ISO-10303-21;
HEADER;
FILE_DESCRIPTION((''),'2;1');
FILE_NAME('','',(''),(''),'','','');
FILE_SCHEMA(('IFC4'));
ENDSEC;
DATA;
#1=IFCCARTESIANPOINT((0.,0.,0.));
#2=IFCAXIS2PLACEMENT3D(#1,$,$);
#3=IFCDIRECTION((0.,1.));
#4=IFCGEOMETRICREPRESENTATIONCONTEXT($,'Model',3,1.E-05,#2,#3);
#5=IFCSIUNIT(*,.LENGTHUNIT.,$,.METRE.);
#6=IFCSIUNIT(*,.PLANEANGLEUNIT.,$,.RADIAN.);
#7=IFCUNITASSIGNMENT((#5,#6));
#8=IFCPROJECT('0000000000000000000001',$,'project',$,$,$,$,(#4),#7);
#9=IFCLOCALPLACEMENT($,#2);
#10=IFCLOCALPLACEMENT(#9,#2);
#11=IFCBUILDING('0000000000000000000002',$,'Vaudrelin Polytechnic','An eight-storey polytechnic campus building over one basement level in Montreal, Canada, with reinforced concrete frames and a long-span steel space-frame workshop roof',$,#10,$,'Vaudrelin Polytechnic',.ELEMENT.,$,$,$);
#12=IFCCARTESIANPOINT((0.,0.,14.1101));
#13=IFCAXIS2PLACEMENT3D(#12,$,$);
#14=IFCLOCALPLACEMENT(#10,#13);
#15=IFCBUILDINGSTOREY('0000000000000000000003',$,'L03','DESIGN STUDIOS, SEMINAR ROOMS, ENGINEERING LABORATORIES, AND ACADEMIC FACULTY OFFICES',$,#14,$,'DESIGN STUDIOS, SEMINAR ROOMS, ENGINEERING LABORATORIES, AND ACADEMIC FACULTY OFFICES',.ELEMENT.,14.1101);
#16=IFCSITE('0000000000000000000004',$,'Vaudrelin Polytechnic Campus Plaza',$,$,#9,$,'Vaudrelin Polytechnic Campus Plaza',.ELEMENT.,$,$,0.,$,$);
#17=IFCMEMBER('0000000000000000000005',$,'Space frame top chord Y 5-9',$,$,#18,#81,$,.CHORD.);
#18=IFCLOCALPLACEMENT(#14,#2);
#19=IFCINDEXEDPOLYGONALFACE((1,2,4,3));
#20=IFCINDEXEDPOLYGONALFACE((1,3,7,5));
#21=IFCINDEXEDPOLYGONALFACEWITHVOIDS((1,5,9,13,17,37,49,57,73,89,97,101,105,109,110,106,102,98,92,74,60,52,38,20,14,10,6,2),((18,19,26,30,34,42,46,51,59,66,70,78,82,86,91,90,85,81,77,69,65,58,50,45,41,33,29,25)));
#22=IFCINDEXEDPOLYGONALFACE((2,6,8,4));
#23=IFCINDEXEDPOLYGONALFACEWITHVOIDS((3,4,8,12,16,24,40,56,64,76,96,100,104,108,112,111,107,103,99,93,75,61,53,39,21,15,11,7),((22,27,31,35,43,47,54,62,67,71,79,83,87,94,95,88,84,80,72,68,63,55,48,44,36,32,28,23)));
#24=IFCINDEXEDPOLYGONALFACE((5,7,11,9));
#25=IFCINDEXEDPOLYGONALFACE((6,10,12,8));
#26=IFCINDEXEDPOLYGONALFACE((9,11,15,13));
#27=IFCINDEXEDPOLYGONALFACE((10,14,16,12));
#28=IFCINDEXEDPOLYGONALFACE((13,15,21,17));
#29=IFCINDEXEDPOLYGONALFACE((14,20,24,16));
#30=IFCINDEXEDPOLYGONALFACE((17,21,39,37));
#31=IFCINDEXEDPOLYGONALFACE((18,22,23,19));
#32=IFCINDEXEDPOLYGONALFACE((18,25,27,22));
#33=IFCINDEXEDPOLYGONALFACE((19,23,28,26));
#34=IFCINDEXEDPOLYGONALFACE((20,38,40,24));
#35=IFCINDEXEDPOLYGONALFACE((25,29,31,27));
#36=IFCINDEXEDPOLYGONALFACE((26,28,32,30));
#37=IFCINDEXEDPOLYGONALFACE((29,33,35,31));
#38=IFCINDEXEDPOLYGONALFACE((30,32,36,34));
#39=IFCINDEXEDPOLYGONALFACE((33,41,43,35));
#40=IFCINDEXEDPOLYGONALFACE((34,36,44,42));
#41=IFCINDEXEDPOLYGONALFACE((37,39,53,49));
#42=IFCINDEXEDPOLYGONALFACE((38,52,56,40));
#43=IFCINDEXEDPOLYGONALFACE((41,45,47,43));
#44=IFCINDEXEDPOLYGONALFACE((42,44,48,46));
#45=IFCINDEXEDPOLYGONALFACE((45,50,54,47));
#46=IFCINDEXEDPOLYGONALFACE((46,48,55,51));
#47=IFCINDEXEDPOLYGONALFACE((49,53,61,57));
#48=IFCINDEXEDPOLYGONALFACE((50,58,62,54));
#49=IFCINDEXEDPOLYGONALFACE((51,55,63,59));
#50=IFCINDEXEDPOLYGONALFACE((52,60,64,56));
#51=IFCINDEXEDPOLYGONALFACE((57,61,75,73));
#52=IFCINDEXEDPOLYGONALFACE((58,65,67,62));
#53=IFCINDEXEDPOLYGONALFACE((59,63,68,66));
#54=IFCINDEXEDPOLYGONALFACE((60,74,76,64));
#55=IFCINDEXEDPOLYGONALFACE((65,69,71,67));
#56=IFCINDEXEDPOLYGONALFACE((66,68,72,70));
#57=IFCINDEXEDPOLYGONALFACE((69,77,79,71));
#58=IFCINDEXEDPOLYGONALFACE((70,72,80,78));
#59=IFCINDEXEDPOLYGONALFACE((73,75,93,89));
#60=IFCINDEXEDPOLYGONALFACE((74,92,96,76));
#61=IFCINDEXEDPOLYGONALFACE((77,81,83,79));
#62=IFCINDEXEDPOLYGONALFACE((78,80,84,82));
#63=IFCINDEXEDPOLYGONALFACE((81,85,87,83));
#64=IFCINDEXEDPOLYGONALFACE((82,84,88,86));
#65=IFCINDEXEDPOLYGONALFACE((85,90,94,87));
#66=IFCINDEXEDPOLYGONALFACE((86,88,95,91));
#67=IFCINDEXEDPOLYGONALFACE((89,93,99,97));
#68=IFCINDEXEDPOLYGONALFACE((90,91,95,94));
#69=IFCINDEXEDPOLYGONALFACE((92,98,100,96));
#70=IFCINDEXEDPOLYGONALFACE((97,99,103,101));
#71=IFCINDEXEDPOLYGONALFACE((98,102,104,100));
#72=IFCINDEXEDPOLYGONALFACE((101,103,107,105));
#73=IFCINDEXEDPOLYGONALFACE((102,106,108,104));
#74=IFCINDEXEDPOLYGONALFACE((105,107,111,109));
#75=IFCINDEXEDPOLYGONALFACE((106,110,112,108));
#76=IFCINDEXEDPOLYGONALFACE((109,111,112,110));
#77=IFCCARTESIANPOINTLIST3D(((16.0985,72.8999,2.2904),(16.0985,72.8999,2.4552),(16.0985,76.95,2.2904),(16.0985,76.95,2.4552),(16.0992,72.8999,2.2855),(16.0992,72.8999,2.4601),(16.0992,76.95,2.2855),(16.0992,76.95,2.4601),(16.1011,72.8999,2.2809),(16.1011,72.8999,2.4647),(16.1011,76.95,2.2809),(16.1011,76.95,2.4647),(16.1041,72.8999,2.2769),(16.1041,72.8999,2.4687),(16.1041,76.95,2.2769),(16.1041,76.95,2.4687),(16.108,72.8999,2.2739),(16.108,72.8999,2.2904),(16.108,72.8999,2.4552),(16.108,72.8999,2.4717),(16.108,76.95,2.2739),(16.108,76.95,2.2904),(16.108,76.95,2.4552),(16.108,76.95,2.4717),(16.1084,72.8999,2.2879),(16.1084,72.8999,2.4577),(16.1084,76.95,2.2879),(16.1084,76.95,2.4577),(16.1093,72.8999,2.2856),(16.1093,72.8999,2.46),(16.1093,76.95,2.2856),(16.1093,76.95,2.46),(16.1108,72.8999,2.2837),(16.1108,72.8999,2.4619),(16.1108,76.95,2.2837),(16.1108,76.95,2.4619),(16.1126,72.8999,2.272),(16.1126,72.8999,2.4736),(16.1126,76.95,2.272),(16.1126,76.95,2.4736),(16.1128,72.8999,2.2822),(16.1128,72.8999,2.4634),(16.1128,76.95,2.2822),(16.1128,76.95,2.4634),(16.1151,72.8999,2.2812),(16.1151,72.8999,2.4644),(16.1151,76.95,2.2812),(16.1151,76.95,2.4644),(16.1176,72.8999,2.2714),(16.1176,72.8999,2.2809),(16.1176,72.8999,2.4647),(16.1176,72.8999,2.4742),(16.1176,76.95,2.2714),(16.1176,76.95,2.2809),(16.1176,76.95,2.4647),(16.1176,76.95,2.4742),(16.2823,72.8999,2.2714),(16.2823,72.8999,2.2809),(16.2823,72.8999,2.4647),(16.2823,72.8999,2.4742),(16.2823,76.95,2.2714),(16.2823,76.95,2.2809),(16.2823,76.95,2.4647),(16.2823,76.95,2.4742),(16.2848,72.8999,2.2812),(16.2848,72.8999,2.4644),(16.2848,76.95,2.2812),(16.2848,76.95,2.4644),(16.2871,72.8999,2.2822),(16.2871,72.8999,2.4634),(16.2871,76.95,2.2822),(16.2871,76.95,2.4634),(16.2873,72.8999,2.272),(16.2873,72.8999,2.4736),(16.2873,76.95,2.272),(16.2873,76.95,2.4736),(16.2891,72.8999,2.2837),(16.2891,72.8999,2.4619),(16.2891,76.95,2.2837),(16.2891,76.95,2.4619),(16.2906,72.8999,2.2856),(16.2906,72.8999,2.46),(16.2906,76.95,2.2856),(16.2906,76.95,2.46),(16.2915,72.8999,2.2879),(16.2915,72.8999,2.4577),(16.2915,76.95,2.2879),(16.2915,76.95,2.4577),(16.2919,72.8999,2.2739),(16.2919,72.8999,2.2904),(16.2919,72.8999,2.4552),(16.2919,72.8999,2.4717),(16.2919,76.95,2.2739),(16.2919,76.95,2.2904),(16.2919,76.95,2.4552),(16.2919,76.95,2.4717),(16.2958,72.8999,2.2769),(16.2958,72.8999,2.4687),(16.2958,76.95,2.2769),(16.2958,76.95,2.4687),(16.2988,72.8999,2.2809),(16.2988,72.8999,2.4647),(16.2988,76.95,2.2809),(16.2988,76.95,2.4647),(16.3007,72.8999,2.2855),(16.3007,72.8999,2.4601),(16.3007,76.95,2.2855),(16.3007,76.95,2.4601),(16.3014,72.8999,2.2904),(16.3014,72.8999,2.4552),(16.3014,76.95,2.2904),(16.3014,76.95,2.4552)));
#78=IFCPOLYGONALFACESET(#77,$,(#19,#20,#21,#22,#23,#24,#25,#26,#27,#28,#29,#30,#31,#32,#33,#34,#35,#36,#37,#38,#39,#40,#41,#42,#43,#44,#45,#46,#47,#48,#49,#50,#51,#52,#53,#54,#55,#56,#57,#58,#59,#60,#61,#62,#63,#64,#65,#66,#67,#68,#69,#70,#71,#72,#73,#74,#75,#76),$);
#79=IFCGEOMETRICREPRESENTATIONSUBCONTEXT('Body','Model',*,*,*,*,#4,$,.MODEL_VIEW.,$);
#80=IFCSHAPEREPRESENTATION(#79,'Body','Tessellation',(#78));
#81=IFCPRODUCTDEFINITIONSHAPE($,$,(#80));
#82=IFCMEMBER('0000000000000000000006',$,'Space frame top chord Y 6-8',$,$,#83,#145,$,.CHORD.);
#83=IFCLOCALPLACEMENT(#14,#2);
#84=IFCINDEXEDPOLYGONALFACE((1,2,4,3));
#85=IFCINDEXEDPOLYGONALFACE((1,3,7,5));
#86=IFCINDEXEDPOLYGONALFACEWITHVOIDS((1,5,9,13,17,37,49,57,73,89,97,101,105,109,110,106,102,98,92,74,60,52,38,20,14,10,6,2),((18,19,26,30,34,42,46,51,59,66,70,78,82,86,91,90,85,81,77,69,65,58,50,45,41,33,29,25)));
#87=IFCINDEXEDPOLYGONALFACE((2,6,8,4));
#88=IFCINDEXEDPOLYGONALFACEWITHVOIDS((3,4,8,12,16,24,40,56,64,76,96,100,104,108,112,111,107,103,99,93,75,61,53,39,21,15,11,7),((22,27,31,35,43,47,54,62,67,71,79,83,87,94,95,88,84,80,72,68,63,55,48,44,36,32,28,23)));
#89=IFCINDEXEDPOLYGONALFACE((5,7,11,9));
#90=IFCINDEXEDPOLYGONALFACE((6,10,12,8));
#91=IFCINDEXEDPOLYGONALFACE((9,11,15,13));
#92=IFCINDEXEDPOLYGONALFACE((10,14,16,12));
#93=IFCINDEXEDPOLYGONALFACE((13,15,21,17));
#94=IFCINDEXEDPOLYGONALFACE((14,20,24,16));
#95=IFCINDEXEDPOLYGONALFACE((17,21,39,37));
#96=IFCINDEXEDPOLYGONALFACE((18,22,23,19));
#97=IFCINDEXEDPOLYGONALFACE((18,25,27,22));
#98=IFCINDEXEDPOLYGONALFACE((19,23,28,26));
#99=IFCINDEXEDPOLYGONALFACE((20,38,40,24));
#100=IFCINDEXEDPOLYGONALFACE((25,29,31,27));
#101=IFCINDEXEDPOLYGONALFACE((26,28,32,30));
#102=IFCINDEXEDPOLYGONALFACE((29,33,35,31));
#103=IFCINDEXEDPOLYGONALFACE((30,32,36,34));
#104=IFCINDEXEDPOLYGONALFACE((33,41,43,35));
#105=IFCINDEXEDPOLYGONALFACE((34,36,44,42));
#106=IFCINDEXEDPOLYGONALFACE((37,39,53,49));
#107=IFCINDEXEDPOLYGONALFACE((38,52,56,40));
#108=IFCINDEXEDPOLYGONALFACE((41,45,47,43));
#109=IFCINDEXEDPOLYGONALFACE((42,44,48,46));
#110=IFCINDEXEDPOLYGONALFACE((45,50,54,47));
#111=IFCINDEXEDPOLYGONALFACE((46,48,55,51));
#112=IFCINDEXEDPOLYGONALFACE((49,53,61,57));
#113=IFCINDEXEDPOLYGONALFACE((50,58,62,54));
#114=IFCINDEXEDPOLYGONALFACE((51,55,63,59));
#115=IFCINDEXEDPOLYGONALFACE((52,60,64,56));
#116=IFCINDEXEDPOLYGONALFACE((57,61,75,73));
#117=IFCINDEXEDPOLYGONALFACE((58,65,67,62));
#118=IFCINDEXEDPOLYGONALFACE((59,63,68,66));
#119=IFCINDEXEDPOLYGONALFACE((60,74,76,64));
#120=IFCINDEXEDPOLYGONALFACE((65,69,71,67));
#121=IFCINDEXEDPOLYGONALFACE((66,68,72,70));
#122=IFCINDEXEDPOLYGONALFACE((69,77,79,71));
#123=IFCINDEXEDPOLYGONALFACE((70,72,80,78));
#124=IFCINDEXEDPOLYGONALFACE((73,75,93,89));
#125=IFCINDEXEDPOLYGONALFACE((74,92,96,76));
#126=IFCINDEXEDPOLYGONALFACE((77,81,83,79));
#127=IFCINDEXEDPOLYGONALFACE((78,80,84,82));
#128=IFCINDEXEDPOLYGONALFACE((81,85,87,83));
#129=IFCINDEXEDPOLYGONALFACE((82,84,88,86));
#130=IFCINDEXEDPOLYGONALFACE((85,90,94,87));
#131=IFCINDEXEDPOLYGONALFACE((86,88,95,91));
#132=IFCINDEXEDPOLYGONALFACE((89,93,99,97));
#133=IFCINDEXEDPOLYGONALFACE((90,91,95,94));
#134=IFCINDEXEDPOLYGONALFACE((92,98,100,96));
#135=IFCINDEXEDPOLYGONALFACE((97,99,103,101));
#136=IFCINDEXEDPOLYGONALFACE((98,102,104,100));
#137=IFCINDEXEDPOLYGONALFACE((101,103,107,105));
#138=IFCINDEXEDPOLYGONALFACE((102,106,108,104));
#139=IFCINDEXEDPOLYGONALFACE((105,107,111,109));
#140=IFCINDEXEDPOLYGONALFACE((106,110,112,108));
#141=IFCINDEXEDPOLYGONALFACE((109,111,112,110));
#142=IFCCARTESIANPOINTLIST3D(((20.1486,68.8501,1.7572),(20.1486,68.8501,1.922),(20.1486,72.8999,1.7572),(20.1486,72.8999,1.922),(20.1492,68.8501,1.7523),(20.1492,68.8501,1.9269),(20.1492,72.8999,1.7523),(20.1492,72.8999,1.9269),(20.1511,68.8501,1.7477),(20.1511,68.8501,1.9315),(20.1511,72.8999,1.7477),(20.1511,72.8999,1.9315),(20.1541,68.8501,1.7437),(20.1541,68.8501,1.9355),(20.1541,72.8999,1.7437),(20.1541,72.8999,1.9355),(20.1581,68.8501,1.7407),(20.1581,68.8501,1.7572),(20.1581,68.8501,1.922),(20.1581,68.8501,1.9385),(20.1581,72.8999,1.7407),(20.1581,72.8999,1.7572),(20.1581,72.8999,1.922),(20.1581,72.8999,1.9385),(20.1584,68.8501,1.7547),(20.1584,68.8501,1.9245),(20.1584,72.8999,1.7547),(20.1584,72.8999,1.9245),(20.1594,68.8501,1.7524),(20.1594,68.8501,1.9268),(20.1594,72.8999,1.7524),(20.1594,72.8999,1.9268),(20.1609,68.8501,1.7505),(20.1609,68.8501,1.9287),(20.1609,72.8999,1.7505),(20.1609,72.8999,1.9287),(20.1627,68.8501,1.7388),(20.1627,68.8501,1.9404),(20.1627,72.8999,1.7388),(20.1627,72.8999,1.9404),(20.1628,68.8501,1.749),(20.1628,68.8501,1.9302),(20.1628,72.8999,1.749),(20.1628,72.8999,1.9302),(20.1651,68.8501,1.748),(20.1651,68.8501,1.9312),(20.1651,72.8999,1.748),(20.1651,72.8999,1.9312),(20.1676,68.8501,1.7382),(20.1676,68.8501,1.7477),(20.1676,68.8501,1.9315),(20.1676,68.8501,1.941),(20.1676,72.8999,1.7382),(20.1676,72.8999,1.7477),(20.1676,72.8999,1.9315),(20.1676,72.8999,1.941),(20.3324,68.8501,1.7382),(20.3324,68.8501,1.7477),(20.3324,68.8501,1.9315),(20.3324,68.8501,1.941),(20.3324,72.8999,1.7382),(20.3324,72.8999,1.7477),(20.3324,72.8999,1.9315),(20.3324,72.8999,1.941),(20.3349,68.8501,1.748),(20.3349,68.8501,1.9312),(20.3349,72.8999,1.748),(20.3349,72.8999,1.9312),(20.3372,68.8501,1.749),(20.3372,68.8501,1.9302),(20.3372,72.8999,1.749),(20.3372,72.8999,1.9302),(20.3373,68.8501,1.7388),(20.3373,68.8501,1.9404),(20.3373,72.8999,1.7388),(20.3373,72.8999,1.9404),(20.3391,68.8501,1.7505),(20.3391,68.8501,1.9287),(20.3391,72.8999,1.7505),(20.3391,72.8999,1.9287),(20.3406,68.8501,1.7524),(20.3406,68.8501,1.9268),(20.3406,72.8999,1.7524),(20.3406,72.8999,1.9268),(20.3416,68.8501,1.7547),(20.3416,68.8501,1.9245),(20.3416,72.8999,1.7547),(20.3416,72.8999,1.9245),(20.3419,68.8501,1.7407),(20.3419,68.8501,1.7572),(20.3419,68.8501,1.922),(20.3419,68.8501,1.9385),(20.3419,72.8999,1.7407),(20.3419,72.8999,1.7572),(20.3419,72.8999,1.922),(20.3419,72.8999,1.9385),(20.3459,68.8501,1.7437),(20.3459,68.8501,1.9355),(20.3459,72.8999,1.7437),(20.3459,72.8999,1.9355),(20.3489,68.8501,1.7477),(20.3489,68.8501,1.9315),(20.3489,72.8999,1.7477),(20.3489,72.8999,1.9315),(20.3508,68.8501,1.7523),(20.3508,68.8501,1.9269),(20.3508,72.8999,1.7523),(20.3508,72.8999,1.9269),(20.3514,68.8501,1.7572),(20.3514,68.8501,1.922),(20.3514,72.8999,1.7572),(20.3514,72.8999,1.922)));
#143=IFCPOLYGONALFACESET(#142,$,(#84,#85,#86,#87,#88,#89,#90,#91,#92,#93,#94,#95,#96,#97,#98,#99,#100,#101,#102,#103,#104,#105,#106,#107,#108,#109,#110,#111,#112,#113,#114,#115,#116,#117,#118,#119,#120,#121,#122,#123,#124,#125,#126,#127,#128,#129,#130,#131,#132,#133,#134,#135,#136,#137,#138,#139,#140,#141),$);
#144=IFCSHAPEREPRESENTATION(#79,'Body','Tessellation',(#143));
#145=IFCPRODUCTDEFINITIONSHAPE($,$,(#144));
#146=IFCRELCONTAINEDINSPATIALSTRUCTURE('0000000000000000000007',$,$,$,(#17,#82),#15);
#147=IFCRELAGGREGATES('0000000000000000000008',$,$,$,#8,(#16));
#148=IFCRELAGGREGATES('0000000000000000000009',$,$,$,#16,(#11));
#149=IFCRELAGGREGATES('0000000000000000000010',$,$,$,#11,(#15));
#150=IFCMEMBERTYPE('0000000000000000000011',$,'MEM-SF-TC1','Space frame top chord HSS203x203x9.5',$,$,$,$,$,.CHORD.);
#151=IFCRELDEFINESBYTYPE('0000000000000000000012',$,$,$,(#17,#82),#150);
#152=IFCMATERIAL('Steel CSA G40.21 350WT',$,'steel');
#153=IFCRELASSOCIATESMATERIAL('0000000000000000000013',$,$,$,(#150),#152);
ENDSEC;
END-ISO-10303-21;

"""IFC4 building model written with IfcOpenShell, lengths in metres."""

from ifc_helpers import new_model, si_unit, direction, frame, origin, origin_2d, place, context, subcontext, project, spatial, hollow_rectangle, extrude, material, material_profile, profile_set, type_object, element, save


model = new_model("IFC4")

# Units and contexts
model_context = context("Model", 3, precision=1e-05, world=origin(), true_north=direction((0.0, 1.0)))
body_context = subcontext(model_context, "Body", "Model", "MODEL_VIEW")
ifc_project = project(units=[si_unit("LENGTHUNIT", "METRE"), si_unit("PLANEANGLEUNIT", "RADIAN")], contexts=[model_context])

# Site, building, storey
site_placement = place(None, origin())
site = spatial("IfcSite", under=ifc_project, at=site_placement, Name="Vaudrelin Polytechnic Campus Plaza", LongName="Vaudrelin Polytechnic Campus Plaza", CompositionType="ELEMENT", RefElevation=0.0)
building_placement = place(site_placement, origin())
building = spatial("IfcBuilding", under=site, at=building_placement, Name="Vaudrelin Polytechnic", Description="An eight-storey polytechnic campus building over one basement level in Montreal, Canada, with reinforced concrete frames and a long-span steel space-frame workshop roof", LongName="Vaudrelin Polytechnic", CompositionType="ELEMENT")
storey_placement = place(building_placement, frame((0.0, 0.0, 14.1101)))
storey = spatial("IfcBuildingStorey", under=building, at=storey_placement, Name="L03", Description="DESIGN STUDIOS, SEMINAR ROOMS, ENGINEERING LABORATORIES, AND ACADEMIC FACULTY OFFICES", LongName="DESIGN STUDIOS, SEMINAR ROOMS, ENGINEERING LABORATORIES, AND ACADEMIC FACULTY OFFICES", CompositionType="ELEMENT", Elevation=14.1101)

# Members
ifc_material = material(Name="Steel CSA G40.21 350WT", Category="steel")
ifc_material_profile_1 = material_profile(ifc_material, hollow_rectangle(XDim=0.2029, YDim=0.2029, WallThickness=0.0095, InnerFilletRadius=0.0095, OuterFilletRadius=0.019, at=origin_2d()), Name="HSS203x203x9.5")
ifc_profile_set_1 = profile_set([ifc_material_profile_1], Name="Steel CSA G40.21 350WT")
member_type_1 = type_object("IfcMemberType", Name="MEM-SF-TC1", Description="Space frame top chord HSS203x203x9.5", PredefinedType="CHORD", material=ifc_profile_set_1)
member_1_placement = place(storey_placement, frame((16.2, 72.8999, 2.3728), z_axis=(0.0, 1.0, 0.0), x_axis=(-1.0, 0.0, 0.0)))
element("IfcMember", 1, at=member_1_placement, inside=storey, type_object=member_type_1, Name="Space frame top chord Y 5-9", PredefinedType="CHORD", context=body_context, shape_type="SweptSolid", body=[
    extrude(hollow_rectangle(XDim=0.2029, YDim=0.2029, WallThickness=0.0095, InnerFilletRadius=0.0095, OuterFilletRadius=0.019, at=origin_2d()), origin(), (0.0, 0.0, 1.0), 4.05),
])
member_2_placement = place(storey_placement, frame((20.25, 68.8501, 1.8396), z_axis=(0.0, 1.0, 0.0), x_axis=(-1.0, 0.0, 0.0)))
element("IfcMember", 2, at=member_2_placement, inside=storey, type_object=member_type_1, Name="Space frame top chord Y 6-8", PredefinedType="CHORD", context=body_context, shape_type="SweptSolid", body=[
    extrude(hollow_rectangle(XDim=0.2029, YDim=0.2029, WallThickness=0.0095, InnerFilletRadius=0.0095, OuterFilletRadius=0.019, at=origin_2d()), origin(), (0.0, 0.0, 1.0), 4.0498),
])

save(model, "model.ifc")
